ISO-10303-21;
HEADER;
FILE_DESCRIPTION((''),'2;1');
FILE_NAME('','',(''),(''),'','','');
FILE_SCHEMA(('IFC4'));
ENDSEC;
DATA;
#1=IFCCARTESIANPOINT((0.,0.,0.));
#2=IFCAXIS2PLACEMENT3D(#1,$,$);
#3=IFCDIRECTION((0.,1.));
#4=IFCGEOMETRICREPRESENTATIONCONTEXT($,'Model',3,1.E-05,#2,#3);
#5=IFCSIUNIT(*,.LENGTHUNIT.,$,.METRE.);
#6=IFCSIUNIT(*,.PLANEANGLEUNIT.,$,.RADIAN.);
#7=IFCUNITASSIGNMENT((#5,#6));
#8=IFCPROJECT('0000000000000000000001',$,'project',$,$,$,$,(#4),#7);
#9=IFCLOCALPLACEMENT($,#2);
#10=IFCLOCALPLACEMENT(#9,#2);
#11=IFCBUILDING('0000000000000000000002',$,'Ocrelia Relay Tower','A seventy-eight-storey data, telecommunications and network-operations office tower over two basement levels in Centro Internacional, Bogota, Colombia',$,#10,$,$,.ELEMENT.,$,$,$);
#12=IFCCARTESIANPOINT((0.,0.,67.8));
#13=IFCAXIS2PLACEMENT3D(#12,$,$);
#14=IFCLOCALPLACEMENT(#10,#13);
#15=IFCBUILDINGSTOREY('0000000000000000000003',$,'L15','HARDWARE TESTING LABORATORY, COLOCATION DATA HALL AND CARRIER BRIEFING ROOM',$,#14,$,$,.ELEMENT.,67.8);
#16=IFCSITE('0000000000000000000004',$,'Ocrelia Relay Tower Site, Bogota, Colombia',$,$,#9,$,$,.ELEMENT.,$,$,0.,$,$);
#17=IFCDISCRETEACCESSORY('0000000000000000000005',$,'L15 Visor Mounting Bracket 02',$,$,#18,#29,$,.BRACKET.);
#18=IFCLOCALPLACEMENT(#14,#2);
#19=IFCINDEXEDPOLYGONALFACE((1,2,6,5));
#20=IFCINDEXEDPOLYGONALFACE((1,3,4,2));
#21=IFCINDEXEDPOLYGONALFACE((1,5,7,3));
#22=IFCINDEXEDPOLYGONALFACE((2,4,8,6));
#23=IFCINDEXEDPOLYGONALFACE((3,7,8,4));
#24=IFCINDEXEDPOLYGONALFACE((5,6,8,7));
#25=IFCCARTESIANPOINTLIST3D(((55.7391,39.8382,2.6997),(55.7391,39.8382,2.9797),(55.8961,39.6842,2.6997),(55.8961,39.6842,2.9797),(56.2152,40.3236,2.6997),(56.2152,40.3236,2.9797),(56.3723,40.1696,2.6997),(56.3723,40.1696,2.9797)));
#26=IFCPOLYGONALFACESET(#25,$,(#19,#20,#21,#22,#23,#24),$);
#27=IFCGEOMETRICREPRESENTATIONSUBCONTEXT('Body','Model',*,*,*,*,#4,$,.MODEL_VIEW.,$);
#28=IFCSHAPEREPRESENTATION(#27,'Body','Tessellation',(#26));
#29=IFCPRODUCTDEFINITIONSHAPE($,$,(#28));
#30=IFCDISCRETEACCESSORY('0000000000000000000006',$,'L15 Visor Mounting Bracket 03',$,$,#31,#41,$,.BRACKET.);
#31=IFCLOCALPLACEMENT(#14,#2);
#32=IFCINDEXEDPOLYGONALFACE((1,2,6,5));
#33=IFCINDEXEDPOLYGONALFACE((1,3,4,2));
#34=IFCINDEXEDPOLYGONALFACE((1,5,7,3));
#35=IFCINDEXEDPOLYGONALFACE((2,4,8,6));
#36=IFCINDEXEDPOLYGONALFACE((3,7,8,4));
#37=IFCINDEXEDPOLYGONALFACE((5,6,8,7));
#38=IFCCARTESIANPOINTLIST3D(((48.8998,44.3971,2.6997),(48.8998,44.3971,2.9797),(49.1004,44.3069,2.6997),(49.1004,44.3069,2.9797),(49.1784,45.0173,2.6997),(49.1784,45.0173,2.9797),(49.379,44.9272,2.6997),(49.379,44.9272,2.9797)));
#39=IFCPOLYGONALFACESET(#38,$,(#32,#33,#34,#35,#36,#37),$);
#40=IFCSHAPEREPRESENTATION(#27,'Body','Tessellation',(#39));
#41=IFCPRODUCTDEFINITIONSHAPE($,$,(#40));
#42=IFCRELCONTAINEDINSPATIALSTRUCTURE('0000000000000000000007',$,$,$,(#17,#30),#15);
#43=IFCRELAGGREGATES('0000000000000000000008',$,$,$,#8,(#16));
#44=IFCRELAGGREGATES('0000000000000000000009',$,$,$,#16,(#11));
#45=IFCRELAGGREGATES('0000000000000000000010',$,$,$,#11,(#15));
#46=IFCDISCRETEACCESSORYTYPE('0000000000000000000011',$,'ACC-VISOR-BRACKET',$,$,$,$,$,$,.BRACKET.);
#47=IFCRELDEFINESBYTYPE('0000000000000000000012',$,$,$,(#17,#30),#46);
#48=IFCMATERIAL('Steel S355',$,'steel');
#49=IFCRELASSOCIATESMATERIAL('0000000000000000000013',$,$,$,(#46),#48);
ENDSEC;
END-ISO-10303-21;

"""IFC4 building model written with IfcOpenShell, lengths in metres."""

from ifc_helpers import new_model, si_unit, direction, frame, origin, origin_2d, place, context, subcontext, project, spatial, rectangle, extrude, material, type_object, element, save


model = new_model("IFC4")

# Units and contexts
model_context = context("Model", 3, precision=1e-05, world=origin(), true_north=direction((0.0, 1.0)))
body_context = subcontext(model_context, "Body", "Model", "MODEL_VIEW")
ifc_project = project(units=[si_unit("LENGTHUNIT", "METRE"), si_unit("PLANEANGLEUNIT", "RADIAN")], contexts=[model_context])

# Site, building, storey
site_placement = place(None, origin())
site = spatial("IfcSite", under=ifc_project, at=site_placement, Name="Ocrelia Relay Tower Site, Bogota, Colombia", CompositionType="ELEMENT", RefElevation=0.0)
building_placement = place(site_placement, origin())
building = spatial("IfcBuilding", under=site, at=building_placement, Name="Ocrelia Relay Tower", Description="A seventy-eight-storey data, telecommunications and network-operations office tower over two basement levels in Centro Internacional, Bogota, Colombia", CompositionType="ELEMENT")
storey_placement = place(building_placement, frame((0.0, 0.0, 67.8)))
storey = spatial("IfcBuildingStorey", under=building, at=storey_placement, Name="L15", Description="HARDWARE TESTING LABORATORY, COLOCATION DATA HALL AND CARRIER BRIEFING ROOM", CompositionType="ELEMENT", Elevation=67.8)

# Shared definitions
ifc_material_1 = material(Name="Steel S355", Category="steel")

# Discrete accessories
discrete_accessory_type = type_object("IfcDiscreteAccessoryType", Name="ACC-VISOR-BRACKET", PredefinedType="BRACKET", material=ifc_material_1)
for number, where, z_axis, x_axis, name in (
    (1, (56.0557, 40.0039, 2.6997), (0.0, 0.0, 1.0), (-0.71385, 0.700299, 0.0), "L15 Visor Mounting Bracket 02"),
    (2, (49.1394, 44.6621, 2.6997), (0.0, 0.0, 1.0), (-0.912211, 0.40972, 0.0), "L15 Visor Mounting Bracket 03"),
):
    element("IfcDiscreteAccessory", number, at=place(storey_placement, frame(where, z_axis=z_axis, x_axis=x_axis)), inside=storey, type_object=discrete_accessory_type, Name=name, PredefinedType="BRACKET", context=body_context, shape_type="SweptSolid", body=[
        extrude(rectangle(XDim=0.22, YDim=0.6799, at=origin_2d()), origin(), (0.0, 0.0, 1.0), 0.28),
    ])

save(model, "model.ifc")
